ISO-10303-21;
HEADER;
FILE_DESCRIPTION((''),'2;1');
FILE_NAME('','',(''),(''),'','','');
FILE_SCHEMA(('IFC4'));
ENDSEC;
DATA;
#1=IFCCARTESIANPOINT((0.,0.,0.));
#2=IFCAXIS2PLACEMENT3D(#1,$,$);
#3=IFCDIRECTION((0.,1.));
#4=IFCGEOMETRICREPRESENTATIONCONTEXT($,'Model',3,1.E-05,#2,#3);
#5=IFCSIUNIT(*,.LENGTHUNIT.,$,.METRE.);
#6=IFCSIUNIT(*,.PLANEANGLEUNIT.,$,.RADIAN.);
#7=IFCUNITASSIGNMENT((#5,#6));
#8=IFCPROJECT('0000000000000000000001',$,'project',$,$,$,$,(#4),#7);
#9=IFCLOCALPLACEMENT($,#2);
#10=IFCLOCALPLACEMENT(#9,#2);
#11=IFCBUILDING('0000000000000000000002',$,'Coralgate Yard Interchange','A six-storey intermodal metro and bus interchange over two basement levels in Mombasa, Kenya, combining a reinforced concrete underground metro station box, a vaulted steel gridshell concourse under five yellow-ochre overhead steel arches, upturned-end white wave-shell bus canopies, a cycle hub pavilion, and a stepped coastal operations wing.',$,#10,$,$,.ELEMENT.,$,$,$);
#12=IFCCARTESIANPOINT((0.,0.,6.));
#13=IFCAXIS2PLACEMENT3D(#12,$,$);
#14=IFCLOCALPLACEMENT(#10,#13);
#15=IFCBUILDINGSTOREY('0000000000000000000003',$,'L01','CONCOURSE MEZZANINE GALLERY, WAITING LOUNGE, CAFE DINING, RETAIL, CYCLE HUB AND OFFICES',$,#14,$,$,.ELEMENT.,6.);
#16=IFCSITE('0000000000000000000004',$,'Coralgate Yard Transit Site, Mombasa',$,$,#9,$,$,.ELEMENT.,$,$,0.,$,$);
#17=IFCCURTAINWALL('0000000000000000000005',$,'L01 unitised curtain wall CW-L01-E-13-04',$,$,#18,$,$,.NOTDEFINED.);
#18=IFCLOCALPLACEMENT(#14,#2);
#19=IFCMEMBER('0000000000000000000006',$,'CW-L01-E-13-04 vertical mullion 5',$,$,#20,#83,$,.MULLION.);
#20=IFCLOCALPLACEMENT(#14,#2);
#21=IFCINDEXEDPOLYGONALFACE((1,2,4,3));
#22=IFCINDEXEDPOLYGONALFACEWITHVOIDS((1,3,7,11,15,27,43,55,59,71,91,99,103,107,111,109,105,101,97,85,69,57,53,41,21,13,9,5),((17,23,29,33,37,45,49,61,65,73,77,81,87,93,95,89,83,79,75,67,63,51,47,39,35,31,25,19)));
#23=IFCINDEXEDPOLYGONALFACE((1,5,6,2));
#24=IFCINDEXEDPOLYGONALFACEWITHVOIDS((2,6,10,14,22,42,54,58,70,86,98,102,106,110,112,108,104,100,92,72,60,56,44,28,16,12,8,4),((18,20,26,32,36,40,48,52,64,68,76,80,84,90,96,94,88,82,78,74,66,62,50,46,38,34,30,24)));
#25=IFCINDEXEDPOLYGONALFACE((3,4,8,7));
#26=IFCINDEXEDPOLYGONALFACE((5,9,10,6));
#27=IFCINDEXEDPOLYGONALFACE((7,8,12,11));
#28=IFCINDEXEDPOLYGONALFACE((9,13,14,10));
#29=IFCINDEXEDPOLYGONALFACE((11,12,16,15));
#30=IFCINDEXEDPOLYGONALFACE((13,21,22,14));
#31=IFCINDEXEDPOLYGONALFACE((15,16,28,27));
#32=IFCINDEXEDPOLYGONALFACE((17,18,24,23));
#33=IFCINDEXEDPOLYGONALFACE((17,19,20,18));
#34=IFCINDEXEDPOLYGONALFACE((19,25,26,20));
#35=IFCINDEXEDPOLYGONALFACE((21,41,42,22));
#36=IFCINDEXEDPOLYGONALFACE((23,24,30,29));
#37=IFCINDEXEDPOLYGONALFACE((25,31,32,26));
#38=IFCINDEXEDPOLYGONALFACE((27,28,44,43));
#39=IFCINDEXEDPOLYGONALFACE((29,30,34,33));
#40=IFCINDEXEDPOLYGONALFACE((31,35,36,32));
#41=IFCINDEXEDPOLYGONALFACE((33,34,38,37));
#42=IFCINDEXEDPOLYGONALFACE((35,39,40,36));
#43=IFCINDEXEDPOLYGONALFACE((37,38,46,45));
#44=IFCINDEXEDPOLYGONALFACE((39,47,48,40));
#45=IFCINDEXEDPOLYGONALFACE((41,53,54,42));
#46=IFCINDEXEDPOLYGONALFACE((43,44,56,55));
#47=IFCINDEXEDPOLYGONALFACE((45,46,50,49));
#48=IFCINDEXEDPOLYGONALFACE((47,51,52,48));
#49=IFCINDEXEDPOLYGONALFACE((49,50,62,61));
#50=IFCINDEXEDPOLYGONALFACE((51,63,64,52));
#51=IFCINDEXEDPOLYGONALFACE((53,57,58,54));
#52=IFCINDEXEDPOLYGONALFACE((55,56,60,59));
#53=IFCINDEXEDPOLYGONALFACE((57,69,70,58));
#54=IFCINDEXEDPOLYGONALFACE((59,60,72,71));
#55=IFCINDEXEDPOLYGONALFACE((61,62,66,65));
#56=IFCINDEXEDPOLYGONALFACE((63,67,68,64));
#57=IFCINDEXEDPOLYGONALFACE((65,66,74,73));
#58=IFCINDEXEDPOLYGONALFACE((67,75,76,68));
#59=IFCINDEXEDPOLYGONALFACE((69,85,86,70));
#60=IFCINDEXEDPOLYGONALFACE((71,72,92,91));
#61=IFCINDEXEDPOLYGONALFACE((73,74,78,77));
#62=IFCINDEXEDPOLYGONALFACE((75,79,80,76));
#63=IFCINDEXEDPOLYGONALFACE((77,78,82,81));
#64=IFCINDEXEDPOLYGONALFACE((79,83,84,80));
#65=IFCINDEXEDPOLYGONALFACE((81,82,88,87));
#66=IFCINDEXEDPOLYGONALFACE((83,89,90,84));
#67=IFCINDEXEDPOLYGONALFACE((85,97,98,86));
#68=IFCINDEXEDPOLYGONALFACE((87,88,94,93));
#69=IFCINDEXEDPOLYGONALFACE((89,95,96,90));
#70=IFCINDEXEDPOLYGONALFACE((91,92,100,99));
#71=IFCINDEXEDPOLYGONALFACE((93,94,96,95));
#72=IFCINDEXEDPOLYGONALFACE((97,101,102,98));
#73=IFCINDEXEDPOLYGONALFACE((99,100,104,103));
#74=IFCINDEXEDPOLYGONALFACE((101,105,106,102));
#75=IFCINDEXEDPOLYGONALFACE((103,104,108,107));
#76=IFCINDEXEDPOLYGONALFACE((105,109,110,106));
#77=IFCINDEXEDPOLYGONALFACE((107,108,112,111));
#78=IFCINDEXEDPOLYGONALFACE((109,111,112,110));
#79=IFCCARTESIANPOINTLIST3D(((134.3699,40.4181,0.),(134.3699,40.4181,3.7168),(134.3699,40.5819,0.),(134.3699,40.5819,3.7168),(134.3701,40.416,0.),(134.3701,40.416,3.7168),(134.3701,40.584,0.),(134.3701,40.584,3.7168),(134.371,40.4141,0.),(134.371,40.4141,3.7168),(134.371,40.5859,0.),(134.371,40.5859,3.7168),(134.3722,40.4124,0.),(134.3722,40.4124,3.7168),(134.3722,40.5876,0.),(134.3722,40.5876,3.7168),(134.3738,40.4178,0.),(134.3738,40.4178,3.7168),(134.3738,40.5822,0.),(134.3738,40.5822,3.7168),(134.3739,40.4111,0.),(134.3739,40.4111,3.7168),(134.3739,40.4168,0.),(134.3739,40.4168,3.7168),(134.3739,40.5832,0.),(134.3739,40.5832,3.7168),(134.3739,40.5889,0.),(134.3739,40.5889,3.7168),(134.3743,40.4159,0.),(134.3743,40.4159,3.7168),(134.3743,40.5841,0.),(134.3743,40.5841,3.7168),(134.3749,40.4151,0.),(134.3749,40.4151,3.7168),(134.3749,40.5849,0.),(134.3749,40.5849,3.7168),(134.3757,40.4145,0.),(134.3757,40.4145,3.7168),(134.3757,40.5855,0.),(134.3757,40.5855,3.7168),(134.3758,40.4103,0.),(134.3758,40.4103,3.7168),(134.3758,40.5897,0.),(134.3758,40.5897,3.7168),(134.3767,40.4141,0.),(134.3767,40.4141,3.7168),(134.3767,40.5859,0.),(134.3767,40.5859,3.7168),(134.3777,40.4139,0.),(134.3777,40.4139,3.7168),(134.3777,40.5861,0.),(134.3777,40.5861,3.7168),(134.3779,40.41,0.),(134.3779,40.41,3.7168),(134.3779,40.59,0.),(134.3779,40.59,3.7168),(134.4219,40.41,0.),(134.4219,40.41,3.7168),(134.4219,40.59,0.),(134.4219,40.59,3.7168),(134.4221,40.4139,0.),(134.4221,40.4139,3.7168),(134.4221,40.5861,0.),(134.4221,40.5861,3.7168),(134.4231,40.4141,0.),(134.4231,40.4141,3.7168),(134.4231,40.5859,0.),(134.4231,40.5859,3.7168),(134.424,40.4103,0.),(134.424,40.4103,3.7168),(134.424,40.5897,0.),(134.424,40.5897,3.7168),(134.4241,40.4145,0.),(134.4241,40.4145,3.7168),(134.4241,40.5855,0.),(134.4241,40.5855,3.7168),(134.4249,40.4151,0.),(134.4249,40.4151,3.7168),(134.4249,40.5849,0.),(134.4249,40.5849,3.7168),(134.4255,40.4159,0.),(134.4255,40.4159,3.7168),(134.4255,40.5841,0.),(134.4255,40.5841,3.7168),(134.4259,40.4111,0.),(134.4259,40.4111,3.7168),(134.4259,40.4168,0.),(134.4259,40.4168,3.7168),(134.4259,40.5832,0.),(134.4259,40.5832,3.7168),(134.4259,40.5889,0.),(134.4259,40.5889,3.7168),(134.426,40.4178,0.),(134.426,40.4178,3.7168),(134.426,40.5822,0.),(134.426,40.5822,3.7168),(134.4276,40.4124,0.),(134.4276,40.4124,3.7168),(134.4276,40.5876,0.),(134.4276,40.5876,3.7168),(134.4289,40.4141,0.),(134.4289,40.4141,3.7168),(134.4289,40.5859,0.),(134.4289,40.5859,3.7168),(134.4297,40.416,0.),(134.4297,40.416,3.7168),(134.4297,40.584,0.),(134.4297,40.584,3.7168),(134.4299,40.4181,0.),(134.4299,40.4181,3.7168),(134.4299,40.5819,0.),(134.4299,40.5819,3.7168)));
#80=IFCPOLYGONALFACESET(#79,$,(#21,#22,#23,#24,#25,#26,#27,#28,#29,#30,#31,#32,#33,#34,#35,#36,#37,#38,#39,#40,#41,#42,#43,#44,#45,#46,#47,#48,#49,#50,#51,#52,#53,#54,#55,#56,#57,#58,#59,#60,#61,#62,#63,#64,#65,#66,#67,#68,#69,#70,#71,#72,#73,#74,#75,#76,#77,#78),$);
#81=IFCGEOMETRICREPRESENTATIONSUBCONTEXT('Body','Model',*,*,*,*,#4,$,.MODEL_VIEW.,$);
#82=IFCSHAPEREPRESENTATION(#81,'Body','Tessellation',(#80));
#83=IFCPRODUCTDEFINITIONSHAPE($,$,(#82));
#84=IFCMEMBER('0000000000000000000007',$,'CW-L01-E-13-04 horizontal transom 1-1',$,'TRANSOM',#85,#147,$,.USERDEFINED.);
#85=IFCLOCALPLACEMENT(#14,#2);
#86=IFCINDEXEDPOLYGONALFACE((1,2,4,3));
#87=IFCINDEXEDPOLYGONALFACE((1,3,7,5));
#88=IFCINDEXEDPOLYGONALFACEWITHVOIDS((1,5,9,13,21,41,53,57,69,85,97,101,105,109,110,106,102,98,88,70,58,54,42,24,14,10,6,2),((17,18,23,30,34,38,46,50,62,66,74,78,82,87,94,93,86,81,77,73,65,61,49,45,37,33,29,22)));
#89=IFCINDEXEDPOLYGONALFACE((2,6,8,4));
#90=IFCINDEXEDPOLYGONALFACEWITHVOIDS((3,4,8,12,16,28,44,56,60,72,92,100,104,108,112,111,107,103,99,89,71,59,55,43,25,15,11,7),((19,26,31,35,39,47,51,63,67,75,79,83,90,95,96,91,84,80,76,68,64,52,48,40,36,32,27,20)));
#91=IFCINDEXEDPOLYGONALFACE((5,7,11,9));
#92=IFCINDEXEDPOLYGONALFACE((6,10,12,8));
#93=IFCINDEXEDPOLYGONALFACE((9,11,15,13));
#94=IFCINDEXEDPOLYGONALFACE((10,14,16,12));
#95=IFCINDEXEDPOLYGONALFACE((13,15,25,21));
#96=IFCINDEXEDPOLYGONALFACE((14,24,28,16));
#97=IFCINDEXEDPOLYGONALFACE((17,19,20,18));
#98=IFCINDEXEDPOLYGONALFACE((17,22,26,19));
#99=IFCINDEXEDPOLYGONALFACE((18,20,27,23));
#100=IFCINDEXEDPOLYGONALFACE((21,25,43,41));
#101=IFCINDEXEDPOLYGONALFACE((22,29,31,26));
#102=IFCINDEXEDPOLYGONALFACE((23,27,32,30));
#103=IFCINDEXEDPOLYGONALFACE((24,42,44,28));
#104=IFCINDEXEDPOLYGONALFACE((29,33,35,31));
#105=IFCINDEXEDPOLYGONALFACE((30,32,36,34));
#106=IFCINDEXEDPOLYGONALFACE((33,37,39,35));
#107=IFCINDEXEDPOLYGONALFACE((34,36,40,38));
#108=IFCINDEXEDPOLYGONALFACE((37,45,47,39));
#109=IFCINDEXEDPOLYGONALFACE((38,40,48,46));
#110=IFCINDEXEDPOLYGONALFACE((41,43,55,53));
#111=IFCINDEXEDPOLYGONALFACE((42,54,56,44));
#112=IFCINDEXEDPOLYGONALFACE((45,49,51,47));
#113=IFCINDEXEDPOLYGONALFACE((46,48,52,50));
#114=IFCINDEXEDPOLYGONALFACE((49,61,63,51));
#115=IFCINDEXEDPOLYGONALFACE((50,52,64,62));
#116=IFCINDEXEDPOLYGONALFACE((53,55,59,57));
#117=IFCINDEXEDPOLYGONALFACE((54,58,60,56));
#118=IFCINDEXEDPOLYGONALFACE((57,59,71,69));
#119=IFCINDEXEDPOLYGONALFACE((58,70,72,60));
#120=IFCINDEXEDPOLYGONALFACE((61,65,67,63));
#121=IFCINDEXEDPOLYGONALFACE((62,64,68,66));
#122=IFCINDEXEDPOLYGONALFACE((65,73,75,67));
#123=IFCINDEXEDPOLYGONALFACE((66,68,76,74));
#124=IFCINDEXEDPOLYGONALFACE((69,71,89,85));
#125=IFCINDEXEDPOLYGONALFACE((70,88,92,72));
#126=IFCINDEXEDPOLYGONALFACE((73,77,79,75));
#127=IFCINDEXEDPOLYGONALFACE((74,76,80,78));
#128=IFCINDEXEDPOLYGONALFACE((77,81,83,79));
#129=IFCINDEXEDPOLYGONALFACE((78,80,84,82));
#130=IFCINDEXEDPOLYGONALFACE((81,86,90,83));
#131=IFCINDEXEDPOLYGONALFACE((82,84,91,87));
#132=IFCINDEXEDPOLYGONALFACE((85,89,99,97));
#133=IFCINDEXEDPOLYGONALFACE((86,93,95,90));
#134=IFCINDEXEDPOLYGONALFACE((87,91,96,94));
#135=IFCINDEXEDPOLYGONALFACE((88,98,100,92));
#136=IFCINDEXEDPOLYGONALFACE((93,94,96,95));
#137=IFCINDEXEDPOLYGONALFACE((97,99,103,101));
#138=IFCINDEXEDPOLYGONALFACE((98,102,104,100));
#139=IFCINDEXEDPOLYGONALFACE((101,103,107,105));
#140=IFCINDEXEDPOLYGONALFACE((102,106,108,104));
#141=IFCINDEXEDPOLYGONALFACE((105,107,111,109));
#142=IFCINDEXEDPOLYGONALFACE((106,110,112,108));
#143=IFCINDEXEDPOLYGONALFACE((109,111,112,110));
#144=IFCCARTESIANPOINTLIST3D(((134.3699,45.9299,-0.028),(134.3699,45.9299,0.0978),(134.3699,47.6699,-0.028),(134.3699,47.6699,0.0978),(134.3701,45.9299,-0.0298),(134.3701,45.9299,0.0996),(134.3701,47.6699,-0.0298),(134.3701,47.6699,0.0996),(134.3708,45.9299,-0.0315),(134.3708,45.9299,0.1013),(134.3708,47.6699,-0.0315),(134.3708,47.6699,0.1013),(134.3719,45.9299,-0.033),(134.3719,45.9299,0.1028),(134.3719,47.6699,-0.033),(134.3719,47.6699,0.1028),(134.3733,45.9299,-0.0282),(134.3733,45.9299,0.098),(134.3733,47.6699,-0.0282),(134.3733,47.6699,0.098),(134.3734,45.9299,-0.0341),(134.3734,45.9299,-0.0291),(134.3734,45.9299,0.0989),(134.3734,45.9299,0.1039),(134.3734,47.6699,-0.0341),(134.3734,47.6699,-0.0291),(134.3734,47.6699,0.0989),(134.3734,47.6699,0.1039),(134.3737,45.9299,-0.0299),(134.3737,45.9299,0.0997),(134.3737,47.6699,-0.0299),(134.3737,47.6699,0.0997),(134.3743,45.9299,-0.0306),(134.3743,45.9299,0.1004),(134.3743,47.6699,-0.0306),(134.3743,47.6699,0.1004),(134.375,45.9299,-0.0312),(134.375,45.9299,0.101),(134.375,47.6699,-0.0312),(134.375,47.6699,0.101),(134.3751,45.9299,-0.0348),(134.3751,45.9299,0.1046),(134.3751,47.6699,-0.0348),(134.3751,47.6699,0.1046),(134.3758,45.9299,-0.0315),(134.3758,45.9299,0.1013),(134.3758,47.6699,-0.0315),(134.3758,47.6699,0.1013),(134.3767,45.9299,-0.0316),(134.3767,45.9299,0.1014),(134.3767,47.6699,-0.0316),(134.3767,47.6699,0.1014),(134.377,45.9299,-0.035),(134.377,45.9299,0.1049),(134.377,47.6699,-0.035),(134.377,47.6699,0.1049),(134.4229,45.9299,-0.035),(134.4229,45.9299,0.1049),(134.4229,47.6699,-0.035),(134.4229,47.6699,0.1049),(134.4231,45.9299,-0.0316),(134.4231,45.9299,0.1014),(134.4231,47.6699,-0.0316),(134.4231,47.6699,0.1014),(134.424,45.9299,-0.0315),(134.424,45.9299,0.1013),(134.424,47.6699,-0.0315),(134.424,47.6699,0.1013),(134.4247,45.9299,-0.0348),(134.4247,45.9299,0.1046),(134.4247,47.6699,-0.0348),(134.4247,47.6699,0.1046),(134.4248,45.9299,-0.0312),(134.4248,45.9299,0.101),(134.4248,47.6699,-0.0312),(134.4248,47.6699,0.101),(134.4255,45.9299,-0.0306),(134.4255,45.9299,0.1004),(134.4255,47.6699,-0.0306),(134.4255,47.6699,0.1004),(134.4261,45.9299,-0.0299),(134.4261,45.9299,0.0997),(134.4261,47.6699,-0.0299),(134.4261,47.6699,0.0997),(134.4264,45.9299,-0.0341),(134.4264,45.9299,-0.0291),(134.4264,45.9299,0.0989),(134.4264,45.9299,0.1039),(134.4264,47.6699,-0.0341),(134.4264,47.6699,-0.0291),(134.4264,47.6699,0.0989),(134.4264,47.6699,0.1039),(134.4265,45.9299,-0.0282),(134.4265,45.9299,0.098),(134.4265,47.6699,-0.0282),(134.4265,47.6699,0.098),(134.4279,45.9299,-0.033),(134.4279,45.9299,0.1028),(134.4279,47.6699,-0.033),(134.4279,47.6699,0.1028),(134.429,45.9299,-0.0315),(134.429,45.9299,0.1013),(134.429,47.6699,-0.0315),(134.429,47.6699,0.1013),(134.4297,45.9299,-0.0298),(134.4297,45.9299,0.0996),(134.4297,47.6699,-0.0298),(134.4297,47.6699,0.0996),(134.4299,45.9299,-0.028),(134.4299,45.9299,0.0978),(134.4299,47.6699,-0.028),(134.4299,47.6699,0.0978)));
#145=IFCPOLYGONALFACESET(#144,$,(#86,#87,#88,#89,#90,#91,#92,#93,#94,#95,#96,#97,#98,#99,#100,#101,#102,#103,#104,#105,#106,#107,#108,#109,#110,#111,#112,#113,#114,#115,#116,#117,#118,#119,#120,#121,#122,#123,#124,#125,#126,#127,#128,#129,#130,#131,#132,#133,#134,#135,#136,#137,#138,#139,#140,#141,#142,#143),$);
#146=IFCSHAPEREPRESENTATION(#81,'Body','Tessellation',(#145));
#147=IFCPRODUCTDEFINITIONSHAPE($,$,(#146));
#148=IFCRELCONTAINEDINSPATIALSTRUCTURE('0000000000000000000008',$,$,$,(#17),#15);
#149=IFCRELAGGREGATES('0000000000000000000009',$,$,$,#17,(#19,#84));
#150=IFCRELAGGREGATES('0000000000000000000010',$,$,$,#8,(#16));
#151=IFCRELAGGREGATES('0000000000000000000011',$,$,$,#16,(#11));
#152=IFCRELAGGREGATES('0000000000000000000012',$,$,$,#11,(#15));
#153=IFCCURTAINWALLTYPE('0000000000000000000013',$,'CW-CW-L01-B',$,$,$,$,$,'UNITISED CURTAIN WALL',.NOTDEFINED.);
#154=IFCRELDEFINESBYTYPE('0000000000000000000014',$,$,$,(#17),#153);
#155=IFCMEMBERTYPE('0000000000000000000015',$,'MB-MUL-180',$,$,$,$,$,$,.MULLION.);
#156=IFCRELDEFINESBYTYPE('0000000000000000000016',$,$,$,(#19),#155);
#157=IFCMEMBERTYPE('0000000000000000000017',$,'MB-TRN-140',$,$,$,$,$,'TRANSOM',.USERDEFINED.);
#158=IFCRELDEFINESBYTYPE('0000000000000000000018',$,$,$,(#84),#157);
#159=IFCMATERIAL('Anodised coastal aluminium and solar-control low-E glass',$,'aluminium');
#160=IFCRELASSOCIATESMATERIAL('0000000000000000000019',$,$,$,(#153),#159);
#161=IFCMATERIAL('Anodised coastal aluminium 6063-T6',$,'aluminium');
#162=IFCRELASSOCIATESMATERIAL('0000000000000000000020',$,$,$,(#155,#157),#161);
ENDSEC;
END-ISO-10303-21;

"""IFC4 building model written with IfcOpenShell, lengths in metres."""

from ifc_helpers import new_model, si_unit, direction, frame, origin, origin_2d, place, context, subcontext, project, spatial, hollow_rectangle, extrude, material, material_profile, profile_set, type_object, element, aggregate, save


model = new_model("IFC4")

# Units and contexts
model_context = context("Model", 3, precision=1e-05, world=origin(), true_north=direction((0.0, 1.0)))
body_context = subcontext(model_context, "Body", "Model", "MODEL_VIEW")
ifc_project = project(units=[si_unit("LENGTHUNIT", "METRE"), si_unit("PLANEANGLEUNIT", "RADIAN")], contexts=[model_context])

# Site, building, storey
site_placement = place(None, origin())
site = spatial("IfcSite", under=ifc_project, at=site_placement, Name="Coralgate Yard Transit Site, Mombasa", CompositionType="ELEMENT", RefElevation=0.0)
building_placement = place(site_placement, origin())
building = spatial("IfcBuilding", under=site, at=building_placement, Name="Coralgate Yard Interchange", Description="A six-storey intermodal metro and bus interchange over two basement levels in Mombasa, Kenya, combining a reinforced concrete underground metro station box, a vaulted steel gridshell concourse under five yellow-ochre overhead steel arches, upturned-end white wave-shell bus canopies, a cycle hub pavilion, and a stepped coastal operations wing.", CompositionType="ELEMENT")
storey_placement = place(building_placement, frame((0.0, 0.0, 6.0)))
storey = spatial("IfcBuildingStorey", under=building, at=storey_placement, Name="L01", Description="CONCOURSE MEZZANINE GALLERY, WAITING LOUNGE, CAFE DINING, RETAIL, CYCLE HUB AND OFFICES", CompositionType="ELEMENT", Elevation=6.0)

# Curtain wall, members
ifc_material_1 = material(Name="Anodised coastal aluminium and solar-control low-E glass", Category="aluminium")
curtain_wall_type = type_object("IfcCurtainWallType", Name="CW-CW-L01-B", ElementType="UNITISED CURTAIN WALL", PredefinedType="NOTDEFINED", material=ifc_material_1)
curtain_wall_placement = place(storey_placement, origin())
curtain_wall = element("IfcCurtainWall", 1, at=curtain_wall_placement, inside=storey, type_object=curtain_wall_type, Name="L01 unitised curtain wall CW-L01-E-13-04", PredefinedType="NOTDEFINED")
ifc_material_2 = material(Name="Anodised coastal aluminium 6063-T6", Category="aluminium")
ifc_material_profile_1 = material_profile(ifc_material_2, hollow_rectangle(XDim=0.0601, YDim=0.1799, WallThickness=0.0039, InnerFilletRadius=0.0039, OuterFilletRadius=0.0081, at=origin_2d()), Name="ALU 60x180x4")
ifc_profile_set_1 = profile_set([ifc_material_profile_1], Name="Anodised coastal aluminium 6063-T6")
member_type_1 = type_object("IfcMemberType", Name="MB-MUL-180", PredefinedType="MULLION", material=ifc_profile_set_1)
member_1_placement = place(storey_placement, frame((134.3999, 40.5, 0.0), z_axis=(0.0, 0.0, 1.0), x_axis=(1.0, 0.0, 0.0)))
member_1 = element("IfcMember", 2, at=member_1_placement, type_object=member_type_1, Name="CW-L01-E-13-04 vertical mullion 5", PredefinedType="MULLION", context=body_context, shape_type="SweptSolid", body=[
    extrude(hollow_rectangle(XDim=0.0601, YDim=0.1799, WallThickness=0.0039, InnerFilletRadius=0.0039, OuterFilletRadius=0.0081, at=origin_2d()), origin(), (0.0, 0.0, 1.0), 3.7168),
])
ifc_material_profile_2 = material_profile(ifc_material_2, hollow_rectangle(XDim=0.0601, YDim=0.1399, WallThickness=0.0034, InnerFilletRadius=0.0034, OuterFilletRadius=0.0071, at=origin_2d()), Name="ALU 60x140x3.5")
ifc_profile_set_2 = profile_set([ifc_material_profile_2], Name="Anodised coastal aluminium 6063-T6")
member_type_2 = type_object("IfcMemberType", Name="MB-TRN-140", ElementType="TRANSOM", PredefinedType="USERDEFINED", material=ifc_profile_set_2)
member_2_placement = place(storey_placement, frame((134.3999, 47.6699, 0.0349), z_axis=(0.0, -1.0, 0.0), x_axis=(1.0, 0.0, 0.0)))
member_2 = element("IfcMember", 3, at=member_2_placement, type_object=member_type_2, Name="CW-L01-E-13-04 horizontal transom 1-1", ObjectType="TRANSOM", PredefinedType="USERDEFINED", context=body_context, shape_type="SweptSolid", body=[
    extrude(hollow_rectangle(XDim=0.0601, YDim=0.1399, WallThickness=0.0034, InnerFilletRadius=0.0034, OuterFilletRadius=0.0071, at=origin_2d()), origin(), (0.0, 0.0, 1.0), 1.74),
])
aggregate(curtain_wall, [member_1, member_2])

save(model, "model.ifc")
